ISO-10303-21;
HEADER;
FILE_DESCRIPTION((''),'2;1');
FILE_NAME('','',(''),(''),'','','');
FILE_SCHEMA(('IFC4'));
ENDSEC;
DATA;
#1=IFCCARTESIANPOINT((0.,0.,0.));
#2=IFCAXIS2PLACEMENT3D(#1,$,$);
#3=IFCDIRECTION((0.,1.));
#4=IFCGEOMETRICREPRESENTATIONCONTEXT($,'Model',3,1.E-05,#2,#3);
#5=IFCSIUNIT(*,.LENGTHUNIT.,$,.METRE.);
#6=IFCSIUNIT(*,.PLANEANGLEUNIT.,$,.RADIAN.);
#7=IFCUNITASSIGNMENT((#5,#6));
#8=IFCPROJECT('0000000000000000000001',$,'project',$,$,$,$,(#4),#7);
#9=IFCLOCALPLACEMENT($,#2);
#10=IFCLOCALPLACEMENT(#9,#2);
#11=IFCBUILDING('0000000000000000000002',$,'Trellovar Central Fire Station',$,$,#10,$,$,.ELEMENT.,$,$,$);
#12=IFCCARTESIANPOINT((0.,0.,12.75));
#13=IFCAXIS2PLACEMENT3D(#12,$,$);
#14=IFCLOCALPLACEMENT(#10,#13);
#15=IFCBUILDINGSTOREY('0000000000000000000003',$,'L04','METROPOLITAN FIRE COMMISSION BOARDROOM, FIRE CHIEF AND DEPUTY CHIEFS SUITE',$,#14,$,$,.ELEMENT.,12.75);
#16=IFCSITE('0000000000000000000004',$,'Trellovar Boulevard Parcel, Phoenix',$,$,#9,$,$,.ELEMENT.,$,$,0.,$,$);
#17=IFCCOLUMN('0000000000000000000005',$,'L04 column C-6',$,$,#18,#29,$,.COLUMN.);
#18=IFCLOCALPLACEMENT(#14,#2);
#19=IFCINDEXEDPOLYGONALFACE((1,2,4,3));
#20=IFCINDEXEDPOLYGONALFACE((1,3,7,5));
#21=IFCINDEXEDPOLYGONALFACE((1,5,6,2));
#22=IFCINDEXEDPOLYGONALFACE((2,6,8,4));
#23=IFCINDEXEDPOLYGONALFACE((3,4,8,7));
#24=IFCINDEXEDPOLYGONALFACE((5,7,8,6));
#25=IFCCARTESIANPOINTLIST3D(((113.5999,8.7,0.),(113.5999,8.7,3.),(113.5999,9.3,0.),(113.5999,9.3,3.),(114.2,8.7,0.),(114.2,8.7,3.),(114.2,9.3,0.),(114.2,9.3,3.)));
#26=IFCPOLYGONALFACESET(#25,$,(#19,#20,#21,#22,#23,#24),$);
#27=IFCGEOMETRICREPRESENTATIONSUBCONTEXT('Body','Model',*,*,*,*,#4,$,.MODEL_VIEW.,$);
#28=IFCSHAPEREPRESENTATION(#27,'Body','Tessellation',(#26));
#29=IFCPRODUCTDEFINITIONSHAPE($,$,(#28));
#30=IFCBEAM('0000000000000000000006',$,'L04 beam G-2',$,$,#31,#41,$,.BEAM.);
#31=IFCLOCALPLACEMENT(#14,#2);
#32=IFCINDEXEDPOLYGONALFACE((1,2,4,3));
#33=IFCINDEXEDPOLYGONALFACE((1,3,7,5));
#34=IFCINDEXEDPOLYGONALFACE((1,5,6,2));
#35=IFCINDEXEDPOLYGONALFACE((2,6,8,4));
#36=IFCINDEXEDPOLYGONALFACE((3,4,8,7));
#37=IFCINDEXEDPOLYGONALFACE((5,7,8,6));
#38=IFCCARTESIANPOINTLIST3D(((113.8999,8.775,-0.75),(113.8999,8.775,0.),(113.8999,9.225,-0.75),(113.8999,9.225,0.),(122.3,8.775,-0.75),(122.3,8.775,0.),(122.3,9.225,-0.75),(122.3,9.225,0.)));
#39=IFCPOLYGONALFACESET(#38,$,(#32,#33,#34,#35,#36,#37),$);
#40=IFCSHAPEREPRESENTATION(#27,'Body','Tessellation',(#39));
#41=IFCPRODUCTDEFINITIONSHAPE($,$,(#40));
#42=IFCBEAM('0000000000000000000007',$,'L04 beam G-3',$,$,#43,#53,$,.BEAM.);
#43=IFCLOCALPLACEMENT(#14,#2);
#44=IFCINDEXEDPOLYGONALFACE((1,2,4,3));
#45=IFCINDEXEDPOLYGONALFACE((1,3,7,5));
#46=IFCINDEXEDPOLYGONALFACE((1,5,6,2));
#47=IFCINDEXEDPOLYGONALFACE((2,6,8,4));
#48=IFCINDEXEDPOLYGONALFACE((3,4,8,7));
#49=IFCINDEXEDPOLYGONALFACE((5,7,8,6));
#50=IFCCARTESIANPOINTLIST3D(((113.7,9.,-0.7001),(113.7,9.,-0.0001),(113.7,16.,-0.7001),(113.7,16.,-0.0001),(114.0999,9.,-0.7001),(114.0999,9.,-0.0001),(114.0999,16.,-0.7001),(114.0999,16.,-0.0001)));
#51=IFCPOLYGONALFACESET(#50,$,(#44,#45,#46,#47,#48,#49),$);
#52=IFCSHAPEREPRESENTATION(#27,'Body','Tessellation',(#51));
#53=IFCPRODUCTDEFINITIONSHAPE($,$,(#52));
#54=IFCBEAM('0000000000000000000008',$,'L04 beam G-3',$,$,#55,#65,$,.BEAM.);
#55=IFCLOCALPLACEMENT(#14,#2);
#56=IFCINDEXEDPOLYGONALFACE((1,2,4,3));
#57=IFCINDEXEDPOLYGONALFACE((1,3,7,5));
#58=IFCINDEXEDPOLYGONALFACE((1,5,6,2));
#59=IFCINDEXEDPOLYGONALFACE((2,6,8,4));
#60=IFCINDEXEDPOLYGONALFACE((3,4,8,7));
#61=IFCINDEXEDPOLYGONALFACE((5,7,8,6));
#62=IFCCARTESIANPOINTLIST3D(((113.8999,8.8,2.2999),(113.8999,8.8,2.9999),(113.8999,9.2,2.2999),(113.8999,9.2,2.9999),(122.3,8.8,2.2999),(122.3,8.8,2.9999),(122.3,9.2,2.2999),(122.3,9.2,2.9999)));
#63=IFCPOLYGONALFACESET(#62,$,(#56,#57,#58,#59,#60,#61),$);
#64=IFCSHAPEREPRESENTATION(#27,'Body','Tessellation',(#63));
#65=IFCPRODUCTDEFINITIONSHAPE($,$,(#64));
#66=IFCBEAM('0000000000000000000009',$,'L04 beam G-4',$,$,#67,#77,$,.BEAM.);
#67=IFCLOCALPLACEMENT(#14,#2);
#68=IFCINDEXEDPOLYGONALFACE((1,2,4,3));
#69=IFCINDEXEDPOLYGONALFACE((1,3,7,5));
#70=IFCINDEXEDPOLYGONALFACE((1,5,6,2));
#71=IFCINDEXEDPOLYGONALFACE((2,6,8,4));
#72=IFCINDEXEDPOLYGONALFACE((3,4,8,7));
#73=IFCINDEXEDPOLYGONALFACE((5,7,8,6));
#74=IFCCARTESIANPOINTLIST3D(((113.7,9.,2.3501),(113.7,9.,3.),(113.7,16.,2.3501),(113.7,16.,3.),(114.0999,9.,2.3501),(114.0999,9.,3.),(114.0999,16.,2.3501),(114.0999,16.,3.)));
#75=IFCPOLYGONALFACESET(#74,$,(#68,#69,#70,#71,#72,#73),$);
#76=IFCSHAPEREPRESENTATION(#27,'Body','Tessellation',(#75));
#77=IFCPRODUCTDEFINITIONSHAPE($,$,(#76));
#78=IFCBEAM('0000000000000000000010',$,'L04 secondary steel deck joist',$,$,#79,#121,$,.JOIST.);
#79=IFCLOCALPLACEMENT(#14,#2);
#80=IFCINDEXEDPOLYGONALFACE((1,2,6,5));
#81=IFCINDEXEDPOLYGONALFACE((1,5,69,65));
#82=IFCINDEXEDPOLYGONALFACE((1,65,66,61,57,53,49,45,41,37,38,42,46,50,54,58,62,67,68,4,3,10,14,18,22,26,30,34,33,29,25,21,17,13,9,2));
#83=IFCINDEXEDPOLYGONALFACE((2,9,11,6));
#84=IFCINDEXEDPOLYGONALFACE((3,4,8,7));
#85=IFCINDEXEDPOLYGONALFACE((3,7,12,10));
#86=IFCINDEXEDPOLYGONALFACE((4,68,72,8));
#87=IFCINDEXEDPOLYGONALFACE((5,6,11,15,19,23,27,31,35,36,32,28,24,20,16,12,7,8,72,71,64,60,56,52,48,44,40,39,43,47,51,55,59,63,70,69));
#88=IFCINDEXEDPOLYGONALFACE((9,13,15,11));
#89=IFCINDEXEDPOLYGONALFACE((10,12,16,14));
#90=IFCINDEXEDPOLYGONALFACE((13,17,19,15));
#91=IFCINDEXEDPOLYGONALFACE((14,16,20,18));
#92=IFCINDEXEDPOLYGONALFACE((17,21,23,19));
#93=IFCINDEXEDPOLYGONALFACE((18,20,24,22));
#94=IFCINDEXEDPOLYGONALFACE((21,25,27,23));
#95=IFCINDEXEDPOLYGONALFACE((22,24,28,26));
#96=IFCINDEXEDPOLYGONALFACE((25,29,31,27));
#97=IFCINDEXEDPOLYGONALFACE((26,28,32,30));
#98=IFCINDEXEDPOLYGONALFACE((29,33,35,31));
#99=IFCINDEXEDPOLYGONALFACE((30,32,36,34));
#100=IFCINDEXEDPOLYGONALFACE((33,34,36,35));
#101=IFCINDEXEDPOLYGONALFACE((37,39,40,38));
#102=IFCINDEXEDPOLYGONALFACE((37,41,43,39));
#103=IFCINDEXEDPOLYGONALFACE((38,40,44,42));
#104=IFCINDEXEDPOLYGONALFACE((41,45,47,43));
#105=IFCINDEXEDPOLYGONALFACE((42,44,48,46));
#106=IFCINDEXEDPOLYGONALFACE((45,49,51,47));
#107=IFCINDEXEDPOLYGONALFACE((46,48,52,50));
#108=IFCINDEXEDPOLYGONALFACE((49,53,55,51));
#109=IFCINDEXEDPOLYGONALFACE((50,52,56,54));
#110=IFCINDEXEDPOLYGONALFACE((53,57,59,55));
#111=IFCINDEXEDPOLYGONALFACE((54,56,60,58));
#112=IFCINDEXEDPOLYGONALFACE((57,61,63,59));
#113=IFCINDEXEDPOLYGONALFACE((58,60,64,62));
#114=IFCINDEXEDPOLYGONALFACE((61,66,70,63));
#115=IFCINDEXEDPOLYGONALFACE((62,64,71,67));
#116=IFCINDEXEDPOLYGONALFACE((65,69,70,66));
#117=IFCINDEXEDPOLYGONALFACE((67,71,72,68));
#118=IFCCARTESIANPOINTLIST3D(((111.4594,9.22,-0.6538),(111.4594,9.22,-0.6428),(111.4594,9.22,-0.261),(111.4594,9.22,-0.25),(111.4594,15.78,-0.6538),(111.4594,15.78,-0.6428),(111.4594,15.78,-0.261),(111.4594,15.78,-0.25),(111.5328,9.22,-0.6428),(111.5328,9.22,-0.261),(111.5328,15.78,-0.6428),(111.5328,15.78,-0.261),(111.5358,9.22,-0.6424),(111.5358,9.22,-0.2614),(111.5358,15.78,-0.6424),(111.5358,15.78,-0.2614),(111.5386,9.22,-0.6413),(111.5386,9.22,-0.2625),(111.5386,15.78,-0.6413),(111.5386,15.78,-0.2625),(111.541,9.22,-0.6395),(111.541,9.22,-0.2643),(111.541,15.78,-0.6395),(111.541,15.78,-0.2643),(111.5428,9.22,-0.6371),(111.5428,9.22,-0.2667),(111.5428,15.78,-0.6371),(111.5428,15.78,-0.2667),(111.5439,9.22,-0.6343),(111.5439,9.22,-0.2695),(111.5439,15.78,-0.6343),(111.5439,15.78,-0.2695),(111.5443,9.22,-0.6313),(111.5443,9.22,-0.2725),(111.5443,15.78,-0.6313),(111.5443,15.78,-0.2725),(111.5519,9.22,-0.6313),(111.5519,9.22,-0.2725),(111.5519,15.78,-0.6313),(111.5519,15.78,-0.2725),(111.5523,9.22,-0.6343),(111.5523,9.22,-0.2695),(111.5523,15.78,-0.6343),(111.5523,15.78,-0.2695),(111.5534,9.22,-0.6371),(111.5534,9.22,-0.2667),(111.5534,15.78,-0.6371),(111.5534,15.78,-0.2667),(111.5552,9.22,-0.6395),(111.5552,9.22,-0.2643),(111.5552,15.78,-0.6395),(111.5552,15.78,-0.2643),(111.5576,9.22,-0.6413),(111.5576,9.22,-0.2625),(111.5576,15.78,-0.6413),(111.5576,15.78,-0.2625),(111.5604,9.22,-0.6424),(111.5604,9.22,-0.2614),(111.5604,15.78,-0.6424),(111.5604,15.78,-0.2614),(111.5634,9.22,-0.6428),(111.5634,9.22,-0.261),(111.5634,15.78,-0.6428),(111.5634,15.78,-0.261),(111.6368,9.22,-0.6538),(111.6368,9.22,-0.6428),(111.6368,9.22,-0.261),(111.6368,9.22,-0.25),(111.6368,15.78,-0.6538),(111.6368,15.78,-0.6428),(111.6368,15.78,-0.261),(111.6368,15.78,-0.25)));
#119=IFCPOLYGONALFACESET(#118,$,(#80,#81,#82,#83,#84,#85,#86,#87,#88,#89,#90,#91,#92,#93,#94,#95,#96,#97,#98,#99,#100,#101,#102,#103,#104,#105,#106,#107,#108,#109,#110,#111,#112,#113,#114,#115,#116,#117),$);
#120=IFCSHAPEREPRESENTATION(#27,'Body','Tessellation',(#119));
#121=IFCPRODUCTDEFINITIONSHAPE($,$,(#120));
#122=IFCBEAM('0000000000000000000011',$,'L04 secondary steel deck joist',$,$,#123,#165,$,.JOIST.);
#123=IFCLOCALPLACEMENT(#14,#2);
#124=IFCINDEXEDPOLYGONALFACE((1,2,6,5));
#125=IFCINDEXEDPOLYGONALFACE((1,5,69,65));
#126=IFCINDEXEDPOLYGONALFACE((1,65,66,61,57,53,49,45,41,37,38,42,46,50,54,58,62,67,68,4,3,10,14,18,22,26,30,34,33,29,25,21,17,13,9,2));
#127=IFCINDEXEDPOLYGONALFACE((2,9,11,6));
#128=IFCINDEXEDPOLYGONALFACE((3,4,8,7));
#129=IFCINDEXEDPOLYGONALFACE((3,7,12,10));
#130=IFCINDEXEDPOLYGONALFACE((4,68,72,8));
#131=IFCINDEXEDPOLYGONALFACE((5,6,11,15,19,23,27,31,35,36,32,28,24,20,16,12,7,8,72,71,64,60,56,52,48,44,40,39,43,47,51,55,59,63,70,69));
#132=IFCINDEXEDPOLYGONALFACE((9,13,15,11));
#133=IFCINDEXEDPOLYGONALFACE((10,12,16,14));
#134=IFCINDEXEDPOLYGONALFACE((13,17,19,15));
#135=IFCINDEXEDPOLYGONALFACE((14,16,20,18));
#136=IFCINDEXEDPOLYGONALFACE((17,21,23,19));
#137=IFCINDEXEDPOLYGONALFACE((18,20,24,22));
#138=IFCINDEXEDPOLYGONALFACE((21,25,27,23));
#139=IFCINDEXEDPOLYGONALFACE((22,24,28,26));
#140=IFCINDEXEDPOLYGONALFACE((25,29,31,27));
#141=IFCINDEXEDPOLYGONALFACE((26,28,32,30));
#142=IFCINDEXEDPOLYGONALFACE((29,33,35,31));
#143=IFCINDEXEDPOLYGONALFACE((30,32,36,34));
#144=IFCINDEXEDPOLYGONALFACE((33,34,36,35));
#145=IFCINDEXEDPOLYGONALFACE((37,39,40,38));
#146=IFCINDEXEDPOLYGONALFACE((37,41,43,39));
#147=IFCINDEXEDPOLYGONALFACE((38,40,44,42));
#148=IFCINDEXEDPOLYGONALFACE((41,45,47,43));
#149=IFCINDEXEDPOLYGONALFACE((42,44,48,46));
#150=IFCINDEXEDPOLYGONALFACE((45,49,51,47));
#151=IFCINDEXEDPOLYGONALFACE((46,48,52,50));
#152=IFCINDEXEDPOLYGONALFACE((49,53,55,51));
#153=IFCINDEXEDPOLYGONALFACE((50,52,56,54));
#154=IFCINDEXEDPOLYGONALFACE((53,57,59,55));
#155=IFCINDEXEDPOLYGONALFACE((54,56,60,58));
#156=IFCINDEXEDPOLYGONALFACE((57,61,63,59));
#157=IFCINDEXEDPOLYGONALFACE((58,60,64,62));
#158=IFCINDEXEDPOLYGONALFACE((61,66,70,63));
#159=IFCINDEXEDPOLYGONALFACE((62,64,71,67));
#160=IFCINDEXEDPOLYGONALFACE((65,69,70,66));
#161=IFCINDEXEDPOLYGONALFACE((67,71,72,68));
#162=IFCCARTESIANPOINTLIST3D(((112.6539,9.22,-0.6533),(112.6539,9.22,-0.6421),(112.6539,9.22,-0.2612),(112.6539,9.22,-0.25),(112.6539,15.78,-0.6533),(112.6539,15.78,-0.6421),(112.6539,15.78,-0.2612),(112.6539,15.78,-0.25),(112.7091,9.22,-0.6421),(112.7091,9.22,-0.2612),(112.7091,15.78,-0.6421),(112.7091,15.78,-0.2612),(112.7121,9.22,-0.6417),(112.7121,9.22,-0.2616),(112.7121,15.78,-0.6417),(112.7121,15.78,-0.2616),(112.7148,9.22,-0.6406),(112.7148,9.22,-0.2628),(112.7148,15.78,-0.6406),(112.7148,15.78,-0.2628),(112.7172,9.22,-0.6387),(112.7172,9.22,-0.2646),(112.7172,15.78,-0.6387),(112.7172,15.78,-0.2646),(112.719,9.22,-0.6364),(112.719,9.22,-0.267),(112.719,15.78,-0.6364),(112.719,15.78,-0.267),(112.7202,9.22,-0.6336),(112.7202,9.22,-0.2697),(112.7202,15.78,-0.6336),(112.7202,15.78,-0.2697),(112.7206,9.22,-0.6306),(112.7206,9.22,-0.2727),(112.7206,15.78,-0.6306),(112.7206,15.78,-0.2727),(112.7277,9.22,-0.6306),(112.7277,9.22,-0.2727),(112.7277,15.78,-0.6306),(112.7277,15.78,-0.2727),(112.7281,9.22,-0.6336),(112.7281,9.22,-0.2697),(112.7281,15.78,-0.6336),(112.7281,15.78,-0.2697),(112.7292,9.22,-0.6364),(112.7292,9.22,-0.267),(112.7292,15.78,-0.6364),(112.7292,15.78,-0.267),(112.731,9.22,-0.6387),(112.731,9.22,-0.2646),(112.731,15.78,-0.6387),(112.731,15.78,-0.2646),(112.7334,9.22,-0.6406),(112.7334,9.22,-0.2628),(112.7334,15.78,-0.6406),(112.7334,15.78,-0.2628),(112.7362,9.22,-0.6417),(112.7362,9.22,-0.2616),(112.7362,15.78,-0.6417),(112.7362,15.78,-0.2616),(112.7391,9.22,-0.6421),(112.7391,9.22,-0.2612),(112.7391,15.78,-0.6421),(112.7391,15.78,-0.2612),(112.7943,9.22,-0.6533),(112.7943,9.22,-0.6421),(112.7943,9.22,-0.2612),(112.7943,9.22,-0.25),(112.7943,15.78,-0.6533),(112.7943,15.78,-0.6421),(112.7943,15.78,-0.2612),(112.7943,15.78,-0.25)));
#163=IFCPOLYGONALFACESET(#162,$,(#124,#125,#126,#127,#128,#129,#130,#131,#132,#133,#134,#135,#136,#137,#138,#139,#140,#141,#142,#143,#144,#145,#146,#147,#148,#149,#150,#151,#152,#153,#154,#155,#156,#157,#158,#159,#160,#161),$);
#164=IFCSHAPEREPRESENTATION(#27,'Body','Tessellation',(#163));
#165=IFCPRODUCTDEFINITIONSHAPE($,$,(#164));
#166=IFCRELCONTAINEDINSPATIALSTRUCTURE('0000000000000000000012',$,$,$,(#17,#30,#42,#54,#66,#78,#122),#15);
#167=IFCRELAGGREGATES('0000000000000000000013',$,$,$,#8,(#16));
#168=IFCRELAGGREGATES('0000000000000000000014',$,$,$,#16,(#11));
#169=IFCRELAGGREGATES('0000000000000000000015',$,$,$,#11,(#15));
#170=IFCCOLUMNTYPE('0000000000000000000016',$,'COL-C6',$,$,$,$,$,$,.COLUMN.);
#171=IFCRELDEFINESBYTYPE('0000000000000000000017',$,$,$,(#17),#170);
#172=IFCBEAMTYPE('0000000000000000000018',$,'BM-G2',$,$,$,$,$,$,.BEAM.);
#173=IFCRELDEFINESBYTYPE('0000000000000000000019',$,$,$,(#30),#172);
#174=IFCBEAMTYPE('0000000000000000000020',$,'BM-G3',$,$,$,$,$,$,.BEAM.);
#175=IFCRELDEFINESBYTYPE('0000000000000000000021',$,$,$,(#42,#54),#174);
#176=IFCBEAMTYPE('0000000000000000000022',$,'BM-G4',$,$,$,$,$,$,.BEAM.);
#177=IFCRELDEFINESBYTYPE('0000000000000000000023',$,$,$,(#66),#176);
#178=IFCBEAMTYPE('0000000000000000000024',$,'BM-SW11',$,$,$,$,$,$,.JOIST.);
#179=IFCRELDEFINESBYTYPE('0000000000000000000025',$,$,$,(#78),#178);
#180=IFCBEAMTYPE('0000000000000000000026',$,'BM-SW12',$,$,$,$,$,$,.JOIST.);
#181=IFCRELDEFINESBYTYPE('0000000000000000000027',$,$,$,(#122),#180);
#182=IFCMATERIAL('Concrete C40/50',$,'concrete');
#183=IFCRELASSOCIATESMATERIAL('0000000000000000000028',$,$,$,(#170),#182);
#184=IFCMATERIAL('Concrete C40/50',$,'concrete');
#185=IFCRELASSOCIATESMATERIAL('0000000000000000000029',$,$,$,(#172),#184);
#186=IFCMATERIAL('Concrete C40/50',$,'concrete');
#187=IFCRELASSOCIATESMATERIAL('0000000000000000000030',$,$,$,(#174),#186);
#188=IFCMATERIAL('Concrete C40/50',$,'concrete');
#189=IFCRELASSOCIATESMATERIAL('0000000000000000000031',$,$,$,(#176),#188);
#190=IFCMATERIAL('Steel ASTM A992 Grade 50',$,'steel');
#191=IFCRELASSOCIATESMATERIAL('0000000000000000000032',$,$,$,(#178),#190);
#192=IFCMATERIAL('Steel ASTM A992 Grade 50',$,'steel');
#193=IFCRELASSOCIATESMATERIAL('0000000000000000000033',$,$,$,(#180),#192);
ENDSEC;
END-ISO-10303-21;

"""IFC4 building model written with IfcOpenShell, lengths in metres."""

from ifc_helpers import new_model, si_unit, direction, frame, origin, origin_2d, place, context, subcontext, project, spatial, rectangle, i_section, extrude, material, material_profile, profile_set, type_object, element, save


model = new_model("IFC4")

# Units and contexts
model_context = context("Model", 3, precision=1e-05, world=origin(), true_north=direction((0.0, 1.0)))
body_context = subcontext(model_context, "Body", "Model", "MODEL_VIEW")
ifc_project = project(units=[si_unit("LENGTHUNIT", "METRE"), si_unit("PLANEANGLEUNIT", "RADIAN")], contexts=[model_context])

# Site, building, storey
site_placement = place(None, origin())
site = spatial("IfcSite", under=ifc_project, at=site_placement, Name="Trellovar Boulevard Parcel, Phoenix", CompositionType="ELEMENT", RefElevation=0.0)
building_placement = place(site_placement, origin())
building = spatial("IfcBuilding", under=site, at=building_placement, Name="Trellovar Central Fire Station", CompositionType="ELEMENT")
storey_placement = place(building_placement, frame((0.0, 0.0, 12.75)))
storey = spatial("IfcBuildingStorey", under=building, at=storey_placement, Name="L04", Description="METROPOLITAN FIRE COMMISSION BOARDROOM, FIRE CHIEF AND DEPUTY CHIEFS SUITE", CompositionType="ELEMENT", Elevation=12.75)

# Column
ifc_material_1 = material(Name="Concrete C40/50", Category="concrete")
ifc_material_profile_1 = material_profile(ifc_material_1, rectangle(XDim=0.6001, YDim=0.6001, at=origin_2d()), Name="RC600X600")
ifc_profile_set_1 = profile_set([ifc_material_profile_1], Name="Concrete C40/50")
column_type = type_object("IfcColumnType", Name="COL-C6", PredefinedType="COLUMN", material=ifc_profile_set_1)
column_placement = place(storey_placement, frame((113.8999, 9.0, 0.0), z_axis=(0.0, 0.0, 1.0), x_axis=(1.0, 0.0, 0.0)))
element("IfcColumn", 1, at=column_placement, inside=storey, type_object=column_type, Name="L04 column C-6", PredefinedType="COLUMN", context=body_context, shape_type="SweptSolid", body=[
    extrude(rectangle(XDim=0.6001, YDim=0.6001, at=origin_2d()), origin(), (0.0, 0.0, 1.0), 3.0),
])

# Beams
ifc_material_2 = material(Name="Concrete C40/50", Category="concrete")
ifc_material_profile_2 = material_profile(ifc_material_2, rectangle(XDim=0.45, YDim=0.75, at=origin_2d()), Name="RC450X750")
ifc_profile_set_2 = profile_set([ifc_material_profile_2], Name="Concrete C40/50")
beam_type_1 = type_object("IfcBeamType", Name="BM-G2", PredefinedType="BEAM", material=ifc_profile_set_2)
beam_1_placement = place(storey_placement, frame((113.8999, 9.0, -0.375), z_axis=(1.0, 0.0, 0.0), x_axis=(0.0, 1.0, 0.0)))
element("IfcBeam", 2, at=beam_1_placement, inside=storey, type_object=beam_type_1, Name="L04 beam G-2", PredefinedType="BEAM", context=body_context, shape_type="SweptSolid", body=[
    extrude(rectangle(XDim=0.45, YDim=0.75, at=origin_2d()), origin(), (0.0, 0.0, 1.0), 8.4001),
])
ifc_material_3 = material(Name="Concrete C40/50", Category="concrete")
ifc_material_profile_3 = material_profile(ifc_material_3, rectangle(XDim=0.3999, YDim=0.7, at=origin_2d()), Name="RC400X700")
ifc_profile_set_3 = profile_set([ifc_material_profile_3], Name="Concrete C40/50")
beam_type_2 = type_object("IfcBeamType", Name="BM-G3", PredefinedType="BEAM", material=ifc_profile_set_3)
beam_2_placement = place(storey_placement, frame((113.8999, 9.0, -0.3501), z_axis=(0.0, 1.0, 0.0), x_axis=(-1.0, 0.0, 0.0)))
element("IfcBeam", 3, at=beam_2_placement, inside=storey, type_object=beam_type_2, Name="L04 beam G-3", PredefinedType="BEAM", context=body_context, shape_type="SweptSolid", body=[
    extrude(rectangle(XDim=0.3999, YDim=0.7, at=origin_2d()), origin(), (0.0, 0.0, 1.0), 7.0),
])
beam_3_placement = place(storey_placement, frame((113.8999, 9.0, 2.6499), z_axis=(1.0, 0.0, 0.0), x_axis=(0.0, 1.0, 0.0)))
element("IfcBeam", 4, at=beam_3_placement, inside=storey, type_object=beam_type_2, Name="L04 beam G-3", PredefinedType="BEAM", context=body_context, shape_type="SweptSolid", body=[
    extrude(rectangle(XDim=0.3999, YDim=0.7, at=origin_2d()), origin(), (0.0, 0.0, 1.0), 8.4001),
])
ifc_material_4 = material(Name="Concrete C40/50", Category="concrete")
ifc_material_profile_4 = material_profile(ifc_material_4, rectangle(XDim=0.3999, YDim=0.6499, at=origin_2d()), Name="RC400X650")
ifc_profile_set_4 = profile_set([ifc_material_profile_4], Name="Concrete C40/50")
beam_type_3 = type_object("IfcBeamType", Name="BM-G4", PredefinedType="BEAM", material=ifc_profile_set_4)
beam_4_placement = place(storey_placement, frame((113.8999, 9.0, 2.675), z_axis=(0.0, 1.0, 0.0), x_axis=(-1.0, 0.0, 0.0)))
element("IfcBeam", 5, at=beam_4_placement, inside=storey, type_object=beam_type_3, Name="L04 beam G-4", PredefinedType="BEAM", context=body_context, shape_type="SweptSolid", body=[
    extrude(rectangle(XDim=0.3999, YDim=0.6499, at=origin_2d()), origin(), (0.0, 0.0, 1.0), 7.0),
])
ifc_material_5 = material(Name="Steel ASTM A992 Grade 50", Category="steel")
ifc_material_profile_5 = material_profile(ifc_material_5, i_section(OverallWidth=0.1775, OverallDepth=0.4038, WebThickness=0.0076, FlangeThickness=0.011, FilletRadius=0.0115, at=origin_2d()), Name="W16X36")
ifc_profile_set_5 = profile_set([ifc_material_profile_5], Name="Steel ASTM A992 Grade 50")
beam_type_4 = type_object("IfcBeamType", Name="BM-SW11", PredefinedType="JOIST", material=ifc_profile_set_5)
beam_5_placement = place(storey_placement, frame((111.5481, 9.22, -0.4519), z_axis=(0.0, 1.0, 0.0), x_axis=(-1.0, 0.0, 0.0)))
element("IfcBeam", 6, at=beam_5_placement, inside=storey, type_object=beam_type_4, Name="L04 secondary steel deck joist", PredefinedType="JOIST", context=body_context, shape_type="SweptSolid", body=[
    extrude(i_section(OverallWidth=0.1775, OverallDepth=0.4038, WebThickness=0.0076, FlangeThickness=0.011, FilletRadius=0.0115, at=origin_2d()), origin(), (0.0, 0.0, 1.0), 6.5601),
])
ifc_material_6 = material(Name="Steel ASTM A992 Grade 50", Category="steel")
ifc_material_profile_6 = material_profile(ifc_material_6, i_section(OverallWidth=0.1404, OverallDepth=0.4033, WebThickness=0.0071, FlangeThickness=0.0112, FilletRadius=0.0115, at=origin_2d()), Name="W16X31")
ifc_profile_set_6 = profile_set([ifc_material_profile_6], Name="Steel ASTM A992 Grade 50")
beam_type_5 = type_object("IfcBeamType", Name="BM-SW12", PredefinedType="JOIST", material=ifc_profile_set_6)
beam_6_placement = place(storey_placement, frame((112.7241, 9.22, -0.4517), z_axis=(0.0, 1.0, 0.0), x_axis=(-1.0, 0.0, 0.0)))
element("IfcBeam", 7, at=beam_6_placement, inside=storey, type_object=beam_type_5, Name="L04 secondary steel deck joist", PredefinedType="JOIST", context=body_context, shape_type="SweptSolid", body=[
    extrude(i_section(OverallWidth=0.1404, OverallDepth=0.4033, WebThickness=0.0071, FlangeThickness=0.0112, FilletRadius=0.0115, at=origin_2d()), origin(), (0.0, 0.0, 1.0), 6.5601),
])

save(model, "model.ifc")
